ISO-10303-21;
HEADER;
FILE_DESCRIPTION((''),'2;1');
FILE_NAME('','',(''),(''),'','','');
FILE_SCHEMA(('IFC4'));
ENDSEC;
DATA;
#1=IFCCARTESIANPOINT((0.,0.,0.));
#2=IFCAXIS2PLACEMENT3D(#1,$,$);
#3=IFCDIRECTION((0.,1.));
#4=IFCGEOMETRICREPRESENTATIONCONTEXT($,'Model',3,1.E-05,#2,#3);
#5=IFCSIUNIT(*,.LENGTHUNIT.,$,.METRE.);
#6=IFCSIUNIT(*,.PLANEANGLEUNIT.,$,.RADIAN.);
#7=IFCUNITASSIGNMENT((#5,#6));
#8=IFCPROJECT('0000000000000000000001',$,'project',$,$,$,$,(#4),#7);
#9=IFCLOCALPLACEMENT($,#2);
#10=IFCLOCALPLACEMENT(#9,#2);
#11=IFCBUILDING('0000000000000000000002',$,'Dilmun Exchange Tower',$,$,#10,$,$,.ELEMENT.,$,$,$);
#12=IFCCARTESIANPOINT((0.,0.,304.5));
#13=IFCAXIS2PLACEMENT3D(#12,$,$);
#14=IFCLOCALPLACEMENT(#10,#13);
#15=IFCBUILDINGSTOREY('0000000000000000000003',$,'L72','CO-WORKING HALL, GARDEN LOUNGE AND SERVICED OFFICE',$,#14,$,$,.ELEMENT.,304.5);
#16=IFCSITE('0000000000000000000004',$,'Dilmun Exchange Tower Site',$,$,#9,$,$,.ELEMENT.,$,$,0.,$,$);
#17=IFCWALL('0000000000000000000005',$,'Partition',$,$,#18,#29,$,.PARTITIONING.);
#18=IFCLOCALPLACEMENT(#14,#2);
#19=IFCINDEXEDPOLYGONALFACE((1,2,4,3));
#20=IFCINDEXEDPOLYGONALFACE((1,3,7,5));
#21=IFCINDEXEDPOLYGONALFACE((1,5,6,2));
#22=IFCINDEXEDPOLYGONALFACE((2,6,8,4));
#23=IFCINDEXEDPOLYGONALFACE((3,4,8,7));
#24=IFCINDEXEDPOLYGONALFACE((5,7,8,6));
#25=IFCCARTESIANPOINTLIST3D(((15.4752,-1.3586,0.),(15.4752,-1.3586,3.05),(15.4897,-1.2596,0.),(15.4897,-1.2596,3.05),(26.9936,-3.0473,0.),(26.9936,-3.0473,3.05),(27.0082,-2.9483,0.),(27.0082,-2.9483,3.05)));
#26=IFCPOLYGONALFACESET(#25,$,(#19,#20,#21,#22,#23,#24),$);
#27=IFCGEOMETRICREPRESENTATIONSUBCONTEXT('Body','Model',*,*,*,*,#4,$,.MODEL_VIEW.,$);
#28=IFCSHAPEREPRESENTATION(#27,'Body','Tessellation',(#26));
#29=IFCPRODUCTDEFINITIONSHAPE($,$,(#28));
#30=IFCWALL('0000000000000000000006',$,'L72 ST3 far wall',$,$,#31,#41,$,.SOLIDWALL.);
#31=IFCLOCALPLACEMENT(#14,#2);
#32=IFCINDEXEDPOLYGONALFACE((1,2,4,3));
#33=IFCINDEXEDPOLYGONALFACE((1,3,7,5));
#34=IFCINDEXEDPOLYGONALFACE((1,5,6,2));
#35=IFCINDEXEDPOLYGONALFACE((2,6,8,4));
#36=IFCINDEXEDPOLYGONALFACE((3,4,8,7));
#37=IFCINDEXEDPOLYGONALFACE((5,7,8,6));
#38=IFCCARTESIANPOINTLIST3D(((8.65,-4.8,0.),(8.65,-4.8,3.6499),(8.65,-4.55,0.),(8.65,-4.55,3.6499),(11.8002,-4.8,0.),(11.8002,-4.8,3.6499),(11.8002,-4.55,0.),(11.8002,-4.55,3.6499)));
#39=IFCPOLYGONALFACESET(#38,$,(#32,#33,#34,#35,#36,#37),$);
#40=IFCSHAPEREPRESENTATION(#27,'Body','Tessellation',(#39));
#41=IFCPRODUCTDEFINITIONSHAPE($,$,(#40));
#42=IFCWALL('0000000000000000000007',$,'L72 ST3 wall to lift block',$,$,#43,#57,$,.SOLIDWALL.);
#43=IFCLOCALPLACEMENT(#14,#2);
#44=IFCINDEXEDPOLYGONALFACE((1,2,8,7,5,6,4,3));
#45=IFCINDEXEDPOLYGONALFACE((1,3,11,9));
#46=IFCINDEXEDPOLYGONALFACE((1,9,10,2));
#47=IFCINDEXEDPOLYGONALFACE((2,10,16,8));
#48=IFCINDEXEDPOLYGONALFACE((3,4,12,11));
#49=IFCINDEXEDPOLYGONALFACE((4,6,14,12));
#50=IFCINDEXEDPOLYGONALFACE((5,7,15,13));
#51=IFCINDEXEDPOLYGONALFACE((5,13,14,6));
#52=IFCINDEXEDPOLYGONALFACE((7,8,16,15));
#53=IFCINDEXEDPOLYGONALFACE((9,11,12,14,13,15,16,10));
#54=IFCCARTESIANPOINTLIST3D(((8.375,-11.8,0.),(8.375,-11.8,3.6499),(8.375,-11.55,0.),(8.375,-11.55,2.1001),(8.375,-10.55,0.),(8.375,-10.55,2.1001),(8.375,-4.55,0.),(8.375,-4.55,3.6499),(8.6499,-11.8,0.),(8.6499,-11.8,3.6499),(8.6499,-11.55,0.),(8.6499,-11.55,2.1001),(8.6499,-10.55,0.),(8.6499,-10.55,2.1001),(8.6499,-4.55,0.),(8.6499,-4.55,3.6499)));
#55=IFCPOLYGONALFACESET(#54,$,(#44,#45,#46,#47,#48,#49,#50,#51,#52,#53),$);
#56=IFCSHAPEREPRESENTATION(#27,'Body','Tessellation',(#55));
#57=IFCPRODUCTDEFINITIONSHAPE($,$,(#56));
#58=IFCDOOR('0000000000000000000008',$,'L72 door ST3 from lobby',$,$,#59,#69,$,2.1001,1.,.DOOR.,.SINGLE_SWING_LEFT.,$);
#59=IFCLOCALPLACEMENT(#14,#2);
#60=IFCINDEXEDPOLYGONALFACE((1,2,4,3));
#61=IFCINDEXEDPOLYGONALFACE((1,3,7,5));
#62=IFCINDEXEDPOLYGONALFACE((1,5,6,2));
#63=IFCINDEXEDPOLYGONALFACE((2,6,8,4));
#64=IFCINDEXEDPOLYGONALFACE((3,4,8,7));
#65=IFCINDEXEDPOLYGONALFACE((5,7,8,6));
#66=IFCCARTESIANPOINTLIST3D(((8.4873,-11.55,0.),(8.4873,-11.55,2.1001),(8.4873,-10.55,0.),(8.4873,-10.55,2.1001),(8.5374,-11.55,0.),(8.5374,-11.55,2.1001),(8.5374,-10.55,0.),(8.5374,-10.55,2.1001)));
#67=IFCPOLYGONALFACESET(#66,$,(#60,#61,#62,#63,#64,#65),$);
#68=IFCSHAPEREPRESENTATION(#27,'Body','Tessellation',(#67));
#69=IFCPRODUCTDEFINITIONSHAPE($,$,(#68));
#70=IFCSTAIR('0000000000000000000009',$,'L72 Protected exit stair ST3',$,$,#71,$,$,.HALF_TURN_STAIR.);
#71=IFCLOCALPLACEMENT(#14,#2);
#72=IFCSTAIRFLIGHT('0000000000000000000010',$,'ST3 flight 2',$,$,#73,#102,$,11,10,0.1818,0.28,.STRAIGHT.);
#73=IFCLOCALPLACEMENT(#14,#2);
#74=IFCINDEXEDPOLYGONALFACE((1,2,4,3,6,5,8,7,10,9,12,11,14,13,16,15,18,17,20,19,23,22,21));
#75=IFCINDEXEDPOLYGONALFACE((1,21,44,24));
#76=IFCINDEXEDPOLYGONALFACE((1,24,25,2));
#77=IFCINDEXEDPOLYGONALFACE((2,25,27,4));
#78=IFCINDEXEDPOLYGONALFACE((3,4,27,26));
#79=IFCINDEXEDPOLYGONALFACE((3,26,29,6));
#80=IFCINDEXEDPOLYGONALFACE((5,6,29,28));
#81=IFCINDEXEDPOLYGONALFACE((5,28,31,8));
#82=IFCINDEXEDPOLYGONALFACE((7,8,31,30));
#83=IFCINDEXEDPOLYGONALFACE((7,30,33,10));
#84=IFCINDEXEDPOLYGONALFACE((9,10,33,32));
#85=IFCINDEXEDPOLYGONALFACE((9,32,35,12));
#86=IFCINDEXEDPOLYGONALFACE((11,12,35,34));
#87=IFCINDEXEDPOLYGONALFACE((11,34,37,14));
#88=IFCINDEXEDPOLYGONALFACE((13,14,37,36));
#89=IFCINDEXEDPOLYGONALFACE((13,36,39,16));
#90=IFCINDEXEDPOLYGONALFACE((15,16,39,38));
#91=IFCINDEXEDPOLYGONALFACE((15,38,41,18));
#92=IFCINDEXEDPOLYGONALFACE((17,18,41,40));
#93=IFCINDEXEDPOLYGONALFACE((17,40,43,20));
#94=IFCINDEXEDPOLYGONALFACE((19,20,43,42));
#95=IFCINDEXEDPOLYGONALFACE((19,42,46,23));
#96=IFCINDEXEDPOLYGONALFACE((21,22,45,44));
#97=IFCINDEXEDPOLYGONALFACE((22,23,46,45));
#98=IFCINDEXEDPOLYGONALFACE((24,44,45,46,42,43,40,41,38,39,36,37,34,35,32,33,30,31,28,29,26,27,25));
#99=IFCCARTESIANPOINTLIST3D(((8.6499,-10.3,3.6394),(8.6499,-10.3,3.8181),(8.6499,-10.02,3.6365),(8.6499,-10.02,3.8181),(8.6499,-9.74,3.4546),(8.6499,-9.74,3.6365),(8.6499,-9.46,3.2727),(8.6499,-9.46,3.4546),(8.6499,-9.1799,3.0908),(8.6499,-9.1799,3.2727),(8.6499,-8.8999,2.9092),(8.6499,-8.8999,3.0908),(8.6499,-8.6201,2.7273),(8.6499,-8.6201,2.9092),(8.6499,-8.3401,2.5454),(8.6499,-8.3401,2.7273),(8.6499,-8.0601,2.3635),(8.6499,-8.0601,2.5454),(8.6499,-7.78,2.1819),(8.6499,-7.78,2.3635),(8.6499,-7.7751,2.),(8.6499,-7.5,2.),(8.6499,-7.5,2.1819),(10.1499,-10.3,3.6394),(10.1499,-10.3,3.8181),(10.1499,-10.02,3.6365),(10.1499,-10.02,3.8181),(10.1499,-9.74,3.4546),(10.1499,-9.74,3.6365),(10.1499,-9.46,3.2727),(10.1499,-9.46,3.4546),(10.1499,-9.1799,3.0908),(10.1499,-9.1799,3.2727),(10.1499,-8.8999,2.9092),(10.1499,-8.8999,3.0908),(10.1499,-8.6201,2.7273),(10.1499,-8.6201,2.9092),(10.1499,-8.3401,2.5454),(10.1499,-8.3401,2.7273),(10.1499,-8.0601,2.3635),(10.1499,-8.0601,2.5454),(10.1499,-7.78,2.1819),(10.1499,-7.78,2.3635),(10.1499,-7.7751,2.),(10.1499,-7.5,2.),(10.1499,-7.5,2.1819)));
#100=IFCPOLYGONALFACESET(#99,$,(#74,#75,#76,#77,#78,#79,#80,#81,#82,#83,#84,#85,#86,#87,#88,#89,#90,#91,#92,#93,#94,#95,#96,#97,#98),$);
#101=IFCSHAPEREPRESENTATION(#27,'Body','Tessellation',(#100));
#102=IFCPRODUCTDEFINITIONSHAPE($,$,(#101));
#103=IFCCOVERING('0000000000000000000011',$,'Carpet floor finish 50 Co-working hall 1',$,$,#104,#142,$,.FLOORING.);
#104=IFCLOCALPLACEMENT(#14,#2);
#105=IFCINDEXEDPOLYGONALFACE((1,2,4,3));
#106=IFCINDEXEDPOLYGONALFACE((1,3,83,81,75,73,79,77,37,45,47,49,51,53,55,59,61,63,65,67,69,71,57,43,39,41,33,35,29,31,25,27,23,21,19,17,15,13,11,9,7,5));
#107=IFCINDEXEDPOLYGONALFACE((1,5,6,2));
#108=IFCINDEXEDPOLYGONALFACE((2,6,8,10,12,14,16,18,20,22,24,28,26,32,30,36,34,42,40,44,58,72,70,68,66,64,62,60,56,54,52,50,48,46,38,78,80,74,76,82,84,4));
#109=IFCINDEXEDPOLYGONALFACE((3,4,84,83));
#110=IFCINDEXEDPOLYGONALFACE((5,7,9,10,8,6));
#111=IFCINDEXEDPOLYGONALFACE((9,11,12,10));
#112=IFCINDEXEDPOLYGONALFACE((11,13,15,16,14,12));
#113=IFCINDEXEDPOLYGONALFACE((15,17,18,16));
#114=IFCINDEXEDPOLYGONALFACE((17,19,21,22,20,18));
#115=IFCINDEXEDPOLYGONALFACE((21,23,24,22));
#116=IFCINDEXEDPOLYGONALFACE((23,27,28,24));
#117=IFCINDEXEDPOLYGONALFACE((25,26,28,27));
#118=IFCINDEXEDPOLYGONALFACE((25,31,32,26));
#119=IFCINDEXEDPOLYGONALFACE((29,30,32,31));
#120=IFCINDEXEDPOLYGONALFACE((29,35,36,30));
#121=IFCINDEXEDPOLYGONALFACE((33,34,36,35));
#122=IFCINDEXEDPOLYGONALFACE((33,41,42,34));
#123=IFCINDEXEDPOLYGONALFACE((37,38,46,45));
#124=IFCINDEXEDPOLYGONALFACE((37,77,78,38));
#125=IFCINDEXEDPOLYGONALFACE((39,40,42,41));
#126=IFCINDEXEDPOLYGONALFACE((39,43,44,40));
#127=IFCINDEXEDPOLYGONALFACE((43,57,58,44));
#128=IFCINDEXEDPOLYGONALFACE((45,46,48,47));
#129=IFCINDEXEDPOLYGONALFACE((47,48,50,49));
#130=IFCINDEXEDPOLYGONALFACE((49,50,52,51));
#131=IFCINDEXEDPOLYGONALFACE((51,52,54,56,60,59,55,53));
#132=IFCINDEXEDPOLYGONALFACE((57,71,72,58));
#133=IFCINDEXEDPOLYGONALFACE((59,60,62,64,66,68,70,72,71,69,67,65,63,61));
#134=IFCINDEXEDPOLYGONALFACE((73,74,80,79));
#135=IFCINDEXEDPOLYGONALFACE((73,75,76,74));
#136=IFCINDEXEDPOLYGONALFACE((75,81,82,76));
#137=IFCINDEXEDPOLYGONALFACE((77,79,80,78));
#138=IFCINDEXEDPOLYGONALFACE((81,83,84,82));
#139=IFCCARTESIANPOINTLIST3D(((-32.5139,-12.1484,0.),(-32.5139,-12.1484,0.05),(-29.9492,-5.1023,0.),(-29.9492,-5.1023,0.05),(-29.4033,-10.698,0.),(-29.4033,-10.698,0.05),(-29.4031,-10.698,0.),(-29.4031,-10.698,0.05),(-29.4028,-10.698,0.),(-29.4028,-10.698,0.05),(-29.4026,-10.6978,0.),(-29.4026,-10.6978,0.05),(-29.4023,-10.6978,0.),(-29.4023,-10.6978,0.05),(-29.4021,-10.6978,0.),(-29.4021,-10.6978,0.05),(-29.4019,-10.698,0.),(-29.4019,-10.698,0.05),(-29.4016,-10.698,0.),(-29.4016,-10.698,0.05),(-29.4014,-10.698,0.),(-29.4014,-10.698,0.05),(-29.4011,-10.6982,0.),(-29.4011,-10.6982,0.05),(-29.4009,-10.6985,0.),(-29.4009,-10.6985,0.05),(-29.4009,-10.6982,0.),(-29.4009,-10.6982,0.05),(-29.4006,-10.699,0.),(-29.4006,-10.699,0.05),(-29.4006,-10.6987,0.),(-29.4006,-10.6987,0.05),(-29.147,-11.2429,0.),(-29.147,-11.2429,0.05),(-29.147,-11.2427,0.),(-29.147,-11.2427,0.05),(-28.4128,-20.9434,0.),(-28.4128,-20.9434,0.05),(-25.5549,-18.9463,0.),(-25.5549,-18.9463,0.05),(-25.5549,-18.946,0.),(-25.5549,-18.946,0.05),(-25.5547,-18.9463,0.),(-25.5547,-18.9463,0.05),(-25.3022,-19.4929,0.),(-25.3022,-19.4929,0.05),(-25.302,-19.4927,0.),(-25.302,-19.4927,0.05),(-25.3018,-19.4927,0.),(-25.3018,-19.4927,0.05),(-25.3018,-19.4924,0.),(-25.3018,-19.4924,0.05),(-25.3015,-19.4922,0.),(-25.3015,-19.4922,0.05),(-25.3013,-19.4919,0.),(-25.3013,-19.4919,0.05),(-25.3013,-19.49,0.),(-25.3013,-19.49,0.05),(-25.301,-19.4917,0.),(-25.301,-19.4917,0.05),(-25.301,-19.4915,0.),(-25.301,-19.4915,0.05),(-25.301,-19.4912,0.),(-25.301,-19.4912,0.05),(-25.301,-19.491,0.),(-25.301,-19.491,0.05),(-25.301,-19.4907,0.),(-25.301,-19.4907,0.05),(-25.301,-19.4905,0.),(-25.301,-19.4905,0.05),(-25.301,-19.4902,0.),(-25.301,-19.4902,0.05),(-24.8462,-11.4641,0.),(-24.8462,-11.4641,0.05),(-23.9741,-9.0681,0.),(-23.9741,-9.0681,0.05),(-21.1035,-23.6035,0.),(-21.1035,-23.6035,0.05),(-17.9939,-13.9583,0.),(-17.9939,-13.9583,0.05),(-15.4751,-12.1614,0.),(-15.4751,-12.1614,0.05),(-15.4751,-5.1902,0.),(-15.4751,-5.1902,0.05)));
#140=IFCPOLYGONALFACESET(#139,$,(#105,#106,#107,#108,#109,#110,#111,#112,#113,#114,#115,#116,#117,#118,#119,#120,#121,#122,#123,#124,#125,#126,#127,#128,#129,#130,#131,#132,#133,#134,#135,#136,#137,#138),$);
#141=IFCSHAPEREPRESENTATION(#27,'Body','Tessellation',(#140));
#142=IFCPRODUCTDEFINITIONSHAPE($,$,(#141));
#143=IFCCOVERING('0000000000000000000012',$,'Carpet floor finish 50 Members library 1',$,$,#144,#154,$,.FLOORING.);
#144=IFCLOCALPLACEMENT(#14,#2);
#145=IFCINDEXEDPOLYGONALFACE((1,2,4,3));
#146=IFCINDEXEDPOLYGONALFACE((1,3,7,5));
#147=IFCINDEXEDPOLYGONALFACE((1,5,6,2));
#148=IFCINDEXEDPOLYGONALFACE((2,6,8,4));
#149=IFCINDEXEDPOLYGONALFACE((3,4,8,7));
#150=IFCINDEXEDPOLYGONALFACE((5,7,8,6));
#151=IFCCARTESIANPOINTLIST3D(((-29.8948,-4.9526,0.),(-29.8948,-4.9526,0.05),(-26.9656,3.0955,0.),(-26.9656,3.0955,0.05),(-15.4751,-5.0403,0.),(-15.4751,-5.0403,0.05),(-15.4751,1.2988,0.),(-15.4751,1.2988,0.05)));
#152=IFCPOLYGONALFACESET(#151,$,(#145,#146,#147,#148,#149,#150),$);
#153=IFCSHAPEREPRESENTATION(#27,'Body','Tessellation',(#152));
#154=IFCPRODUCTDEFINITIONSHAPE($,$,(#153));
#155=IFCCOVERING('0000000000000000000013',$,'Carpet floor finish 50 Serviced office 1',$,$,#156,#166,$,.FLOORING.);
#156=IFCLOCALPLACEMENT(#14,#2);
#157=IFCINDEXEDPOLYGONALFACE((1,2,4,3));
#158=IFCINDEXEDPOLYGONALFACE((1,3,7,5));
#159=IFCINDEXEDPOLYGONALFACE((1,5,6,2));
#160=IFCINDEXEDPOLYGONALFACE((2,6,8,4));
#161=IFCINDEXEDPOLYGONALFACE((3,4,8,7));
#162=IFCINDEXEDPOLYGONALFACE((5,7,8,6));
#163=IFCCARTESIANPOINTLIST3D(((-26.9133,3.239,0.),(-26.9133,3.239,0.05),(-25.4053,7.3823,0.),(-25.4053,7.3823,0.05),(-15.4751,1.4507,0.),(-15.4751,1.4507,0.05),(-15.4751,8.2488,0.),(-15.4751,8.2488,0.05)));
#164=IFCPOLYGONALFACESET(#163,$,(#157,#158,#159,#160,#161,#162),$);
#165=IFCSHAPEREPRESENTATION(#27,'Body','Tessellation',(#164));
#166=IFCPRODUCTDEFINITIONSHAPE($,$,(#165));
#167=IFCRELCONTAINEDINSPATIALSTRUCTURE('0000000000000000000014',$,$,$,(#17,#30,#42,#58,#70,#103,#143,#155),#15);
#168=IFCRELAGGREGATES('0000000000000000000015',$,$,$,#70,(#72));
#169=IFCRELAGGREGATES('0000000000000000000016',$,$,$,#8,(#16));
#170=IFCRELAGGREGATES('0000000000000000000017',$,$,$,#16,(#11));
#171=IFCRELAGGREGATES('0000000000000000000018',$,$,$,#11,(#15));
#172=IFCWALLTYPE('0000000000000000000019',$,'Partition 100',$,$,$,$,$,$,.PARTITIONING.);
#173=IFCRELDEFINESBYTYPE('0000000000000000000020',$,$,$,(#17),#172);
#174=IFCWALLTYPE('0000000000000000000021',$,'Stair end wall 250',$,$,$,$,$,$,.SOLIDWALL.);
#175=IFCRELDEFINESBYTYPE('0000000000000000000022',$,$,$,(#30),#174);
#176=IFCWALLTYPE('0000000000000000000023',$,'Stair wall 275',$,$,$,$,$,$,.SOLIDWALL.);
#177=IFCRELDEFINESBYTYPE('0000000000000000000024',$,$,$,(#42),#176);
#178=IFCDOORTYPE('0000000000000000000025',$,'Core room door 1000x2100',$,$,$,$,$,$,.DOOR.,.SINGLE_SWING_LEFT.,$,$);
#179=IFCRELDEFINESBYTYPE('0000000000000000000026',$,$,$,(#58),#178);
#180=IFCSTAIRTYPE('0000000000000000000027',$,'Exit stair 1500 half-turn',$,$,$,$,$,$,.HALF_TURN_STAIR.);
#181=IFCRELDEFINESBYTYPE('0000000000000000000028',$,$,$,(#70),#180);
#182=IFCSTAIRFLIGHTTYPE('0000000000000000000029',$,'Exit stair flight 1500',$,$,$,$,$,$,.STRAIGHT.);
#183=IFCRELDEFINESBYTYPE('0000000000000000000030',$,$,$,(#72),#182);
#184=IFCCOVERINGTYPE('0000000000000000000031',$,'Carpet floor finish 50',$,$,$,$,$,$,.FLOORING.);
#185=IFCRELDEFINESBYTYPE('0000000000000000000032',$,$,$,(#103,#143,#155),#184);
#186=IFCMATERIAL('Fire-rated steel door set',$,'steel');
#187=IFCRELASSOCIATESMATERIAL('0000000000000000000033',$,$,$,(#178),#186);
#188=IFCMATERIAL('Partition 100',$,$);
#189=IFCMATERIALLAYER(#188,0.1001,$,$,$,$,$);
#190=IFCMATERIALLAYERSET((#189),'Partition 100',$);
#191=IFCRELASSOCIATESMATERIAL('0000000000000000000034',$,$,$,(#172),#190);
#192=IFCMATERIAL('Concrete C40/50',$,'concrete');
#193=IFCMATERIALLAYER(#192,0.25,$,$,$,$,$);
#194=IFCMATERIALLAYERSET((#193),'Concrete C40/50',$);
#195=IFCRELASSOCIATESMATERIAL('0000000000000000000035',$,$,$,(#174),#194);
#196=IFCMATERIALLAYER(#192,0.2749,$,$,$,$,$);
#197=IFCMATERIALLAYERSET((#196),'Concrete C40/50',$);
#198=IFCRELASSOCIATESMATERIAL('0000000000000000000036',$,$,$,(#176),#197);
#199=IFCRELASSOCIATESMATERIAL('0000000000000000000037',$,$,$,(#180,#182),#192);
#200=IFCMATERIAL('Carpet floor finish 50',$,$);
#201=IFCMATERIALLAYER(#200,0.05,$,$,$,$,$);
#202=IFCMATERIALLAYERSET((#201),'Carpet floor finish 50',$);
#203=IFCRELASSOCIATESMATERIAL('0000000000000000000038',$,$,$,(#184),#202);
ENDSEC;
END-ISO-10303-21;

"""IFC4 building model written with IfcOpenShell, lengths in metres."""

from ifc_helpers import new_model, si_unit, direction, frame, frame_2d, origin, place, context, subcontext, project, spatial, polyline, rectangle, outline, extrude, material, layer, layer_set, type_object, element, fill, aggregate, save


model = new_model("IFC4")

# Units and contexts
model_context = context("Model", 3, precision=1e-05, world=origin(), true_north=direction((0.0, 1.0)))
body_context = subcontext(model_context, "Body", "Model", "MODEL_VIEW")
ifc_project = project(units=[si_unit("LENGTHUNIT", "METRE"), si_unit("PLANEANGLEUNIT", "RADIAN")], contexts=[model_context])

# Site, building, storey
site_placement = place(None, origin())
site = spatial("IfcSite", under=ifc_project, at=site_placement, Name="Dilmun Exchange Tower Site", CompositionType="ELEMENT", RefElevation=0.0)
building_placement = place(site_placement, origin())
building = spatial("IfcBuilding", under=site, at=building_placement, Name="Dilmun Exchange Tower", CompositionType="ELEMENT")
storey_placement = place(building_placement, frame((0.0, 0.0, 304.5)))
storey = spatial("IfcBuildingStorey", under=building, at=storey_placement, Name="L72", Description="CO-WORKING HALL, GARDEN LOUNGE AND SERVICED OFFICE", CompositionType="ELEMENT", Elevation=304.5)

# Shared definitions
ifc_material_1 = material(Name="Concrete C40/50", Category="concrete")

# Shared definitions
ifc_material_2 = material(Name="Fire-rated steel door set", Category="steel")

# Shared definitions
door_type_1 = type_object("IfcDoorType", Name="Core room door 1000x2100", OperationType="SINGLE_SWING_LEFT", PredefinedType="DOOR", material=ifc_material_2)

# Walls
ifc_material_3 = material(Name="Partition 100")
ifc_layer_1 = layer(ifc_material_3, 0.1001)
ifc_layer_set_1 = layer_set([ifc_layer_1], Name="Partition 100")
wall_type_1 = type_object("IfcWallType", Name="Partition 100", PredefinedType="PARTITIONING", material=ifc_layer_set_1)
wall_1_placement = place(storey_placement, frame((15.4824, -1.3091, 0.0), z_axis=(0.0, 0.0, 1.0), x_axis=(0.989423, -0.145058, 0.0)))
element("IfcWall", 1, at=wall_1_placement, inside=storey, type_object=wall_type_1, Name="Partition", PredefinedType="PARTITIONING", context=body_context, shape_type="SweptSolid", body=[
    extrude(rectangle(XDim=11.6416, YDim=0.1001, at=frame_2d((5.8208, 0.0))), origin(), (0.0, 0.0, 1.0), 3.05),
])
ifc_layer_2 = layer(ifc_material_1, 0.25)
ifc_layer_set_2 = layer_set([ifc_layer_2], Name="Concrete C40/50")
wall_type_2 = type_object("IfcWallType", Name="Stair end wall 250", PredefinedType="SOLIDWALL", material=ifc_layer_set_2)
wall_2_placement = place(storey_placement, frame((8.6499, -4.675, 0.0), z_axis=(0.0, 0.0, 1.0), x_axis=(1.0, 0.0, 0.0)))
element("IfcWall", 2, at=wall_2_placement, inside=storey, type_object=wall_type_2, Name="L72 ST3 far wall", PredefinedType="SOLIDWALL", context=body_context, shape_type="SweptSolid", body=[
    extrude(rectangle(XDim=3.1501, YDim=0.25, at=frame_2d((1.5752, 0.0))), origin(), (0.0, 0.0, 1.0), 3.6499),
])

# Wall, opening, door
ifc_layer_3 = layer(ifc_material_1, 0.2749)
ifc_layer_set_3 = layer_set([ifc_layer_3], Name="Concrete C40/50")
wall_type_3 = type_object("IfcWallType", Name="Stair wall 275", PredefinedType="SOLIDWALL", material=ifc_layer_set_3)
wall_3_placement = place(storey_placement, frame((8.5125, -4.55, 0.0), z_axis=(0.0, 0.0, 1.0), x_axis=(0.0, -1.0, 0.0)))
wall_3 = element("IfcWall", 3, at=wall_3_placement, inside=storey, type_object=wall_type_3, Name="L72 ST3 wall to lift block", PredefinedType="SOLIDWALL", context=body_context, shape_type="SweptSolid", body=[
    extrude(rectangle(XDim=7.25, YDim=0.2749, at=frame_2d((3.625, 0.0))), origin(), (0.0, 0.0, 1.0), 3.6499),
])
opening_1_placement = place(wall_3_placement, frame((6.0, 0.0, 0.0)))
opening_1 = element("IfcOpeningElement", 4, at=opening_1_placement, cuts=wall_3, PredefinedType="OPENING", context=body_context, shape_type="SweptSolid", body=[
    extrude(rectangle(XDim=1.0, YDim=2.1001, at=frame_2d((0.5, 1.05))), frame((0.0, 0.1475, 0.0), z_axis=(0.0, -1.0, 0.0), x_axis=(1.0, 0.0, 0.0)), (0.0, 0.0, 1.0), 0.2949),
])
door_1_placement = place(opening_1_placement, origin())
door_1 = element("IfcDoor", 5, at=door_1_placement, inside=storey, type_object=door_type_1, Name="L72 door ST3 from lobby", OperationType="SINGLE_SWING_LEFT", OverallHeight=2.1001, OverallWidth=1.0, PredefinedType="DOOR", context=body_context, shape_type="SweptSolid", body=[
    extrude(rectangle(XDim=1.0, YDim=2.1001, at=frame_2d((0.5, 1.05))), frame((0.0, 0.0249, 0.0), z_axis=(0.0, -1.0, 0.0), x_axis=(1.0, 0.0, 0.0)), (0.0, 0.0, 1.0), 0.05),
])
fill(opening_1, door_1)

# Stair, stair flight
stair_type = type_object("IfcStairType", Name="Exit stair 1500 half-turn", PredefinedType="HALF_TURN_STAIR", material=ifc_material_1)
stair_placement = place(storey_placement, origin())
stair = element("IfcStair", 6, at=stair_placement, inside=storey, type_object=stair_type, Name="L72 Protected exit stair ST3", PredefinedType="HALF_TURN_STAIR")
stair_flight_type = type_object("IfcStairFlightType", Name="Exit stair flight 1500", PredefinedType="STRAIGHT", material=ifc_material_1)
stair_flight_placement = place(storey_placement, frame((9.3999, -7.5, 2.0), z_axis=(0.0, 0.0, 1.0), x_axis=(0.0, -1.0, 0.0)))
stair_flight = element("IfcStairFlight", 7, at=stair_flight_placement, type_object=stair_flight_type, Name="ST3 flight 2", NumberOfRisers=11, NumberOfTreads=10, PredefinedType="STRAIGHT", RiserHeight=0.1818, TreadLength=0.28, context=body_context, shape_type="SweptSolid", body=[
    extrude(outline(polyline([(0.0, 0.0), (0.0, 0.1819), (0.28, 0.1819), (0.28, 0.3635), (0.5601, 0.3635), (0.5601, 0.5454), (0.8401, 0.5454), (0.8401, 0.7273), (1.1201, 0.7273), (1.1201, 0.9092), (1.3999, 0.9092), (1.3999, 1.0908), (1.6799, 1.0908), (1.6799, 1.2727), (1.96, 1.2727), (1.96, 1.4546), (2.24, 1.4546), (2.24, 1.6365), (2.52, 1.6365), (2.52, 1.8181), (2.8, 1.8181), (2.8, 2.0), (2.8, 1.6394), (0.2751, 0.0), (0.0, 0.0)])), frame((0.0, 0.75, 0.0), z_axis=(0.0, -1.0, 0.0), x_axis=(1.0, 0.0, 0.0)), (0.0, 0.0, 1.0), 1.5),
])
aggregate(stair, [stair_flight])

# Coverings
ifc_material_4 = material(Name="Carpet floor finish 50")
ifc_layer_4 = layer(ifc_material_4, 0.05)
ifc_layer_set_4 = layer_set([ifc_layer_4], Name="Carpet floor finish 50")
covering_type_1 = type_object("IfcCoveringType", Name="Carpet floor finish 50", PredefinedType="FLOORING", material=ifc_layer_set_4)
covering_1_placement = place(storey_placement, origin())
element("IfcCovering", 8, at=covering_1_placement, inside=storey, type_object=covering_type_1, Name="Carpet floor finish 50 Co-working hall 1", PredefinedType="FLOORING", context=body_context, shape_type="SweptSolid", body=[
    extrude(outline(polyline([(-15.4751, -5.1902), (-15.4751, -12.1614), (-23.9741, -9.0681), (-24.8462, -11.4641), (-17.9939, -13.9583), (-21.1035, -23.6035), (-28.4128, -20.9434), (-25.3022, -19.4929), (-25.302, -19.4927), (-25.3018, -19.4927), (-25.3018, -19.4924), (-25.3015, -19.4922), (-25.3015, -19.4922), (-25.3013, -19.4919), (-25.3013, -19.4919), (-25.301, -19.4917), (-25.301, -19.4915), (-25.301, -19.4912), (-25.301, -19.4912), (-25.301, -19.491), (-25.301, -19.4907), (-25.301, -19.4905), (-25.301, -19.4902), (-25.3013, -19.49), (-25.5547, -18.9463), (-25.5549, -18.9463), (-25.5549, -18.946), (-29.147, -11.2429), (-29.147, -11.2427), (-29.4006, -10.699), (-29.4006, -10.6987), (-29.4009, -10.6985), (-29.4009, -10.6985), (-29.4009, -10.6982), (-29.4011, -10.6982), (-29.4014, -10.698), (-29.4016, -10.698), (-29.4016, -10.698), (-29.4019, -10.698), (-29.4021, -10.6978), (-29.4023, -10.6978), (-29.4026, -10.6978), (-29.4026, -10.6978), (-29.4028, -10.698), (-29.4031, -10.698), (-29.4033, -10.698), (-32.5139, -12.1484), (-29.9492, -5.1023), (-15.4751, -5.1902)])), origin(), (0.0, 0.0, 1.0), 0.05),
])
covering_2_placement = place(storey_placement, origin())
element("IfcCovering", 9, at=covering_2_placement, inside=storey, type_object=covering_type_1, Name="Carpet floor finish 50 Members library 1", PredefinedType="FLOORING", context=body_context, shape_type="SweptSolid", body=[
    extrude(outline(polyline([(-15.4751, -5.0403), (-29.8948, -4.9526), (-26.9656, 3.0955), (-15.4751, 1.2988), (-15.4751, -5.0403)])), origin(), (0.0, 0.0, 1.0), 0.05),
])
covering_3_placement = place(storey_placement, origin())
element("IfcCovering", 10, at=covering_3_placement, inside=storey, type_object=covering_type_1, Name="Carpet floor finish 50 Serviced office 1", PredefinedType="FLOORING", context=body_context, shape_type="SweptSolid", body=[
    extrude(outline(polyline([(-15.4751, 8.2488), (-15.4751, 1.4507), (-26.9133, 3.239), (-25.4053, 7.3823), (-15.4751, 8.2488)])), origin(), (0.0, 0.0, 1.0), 0.05),
])

save(model, "model.ifc")
